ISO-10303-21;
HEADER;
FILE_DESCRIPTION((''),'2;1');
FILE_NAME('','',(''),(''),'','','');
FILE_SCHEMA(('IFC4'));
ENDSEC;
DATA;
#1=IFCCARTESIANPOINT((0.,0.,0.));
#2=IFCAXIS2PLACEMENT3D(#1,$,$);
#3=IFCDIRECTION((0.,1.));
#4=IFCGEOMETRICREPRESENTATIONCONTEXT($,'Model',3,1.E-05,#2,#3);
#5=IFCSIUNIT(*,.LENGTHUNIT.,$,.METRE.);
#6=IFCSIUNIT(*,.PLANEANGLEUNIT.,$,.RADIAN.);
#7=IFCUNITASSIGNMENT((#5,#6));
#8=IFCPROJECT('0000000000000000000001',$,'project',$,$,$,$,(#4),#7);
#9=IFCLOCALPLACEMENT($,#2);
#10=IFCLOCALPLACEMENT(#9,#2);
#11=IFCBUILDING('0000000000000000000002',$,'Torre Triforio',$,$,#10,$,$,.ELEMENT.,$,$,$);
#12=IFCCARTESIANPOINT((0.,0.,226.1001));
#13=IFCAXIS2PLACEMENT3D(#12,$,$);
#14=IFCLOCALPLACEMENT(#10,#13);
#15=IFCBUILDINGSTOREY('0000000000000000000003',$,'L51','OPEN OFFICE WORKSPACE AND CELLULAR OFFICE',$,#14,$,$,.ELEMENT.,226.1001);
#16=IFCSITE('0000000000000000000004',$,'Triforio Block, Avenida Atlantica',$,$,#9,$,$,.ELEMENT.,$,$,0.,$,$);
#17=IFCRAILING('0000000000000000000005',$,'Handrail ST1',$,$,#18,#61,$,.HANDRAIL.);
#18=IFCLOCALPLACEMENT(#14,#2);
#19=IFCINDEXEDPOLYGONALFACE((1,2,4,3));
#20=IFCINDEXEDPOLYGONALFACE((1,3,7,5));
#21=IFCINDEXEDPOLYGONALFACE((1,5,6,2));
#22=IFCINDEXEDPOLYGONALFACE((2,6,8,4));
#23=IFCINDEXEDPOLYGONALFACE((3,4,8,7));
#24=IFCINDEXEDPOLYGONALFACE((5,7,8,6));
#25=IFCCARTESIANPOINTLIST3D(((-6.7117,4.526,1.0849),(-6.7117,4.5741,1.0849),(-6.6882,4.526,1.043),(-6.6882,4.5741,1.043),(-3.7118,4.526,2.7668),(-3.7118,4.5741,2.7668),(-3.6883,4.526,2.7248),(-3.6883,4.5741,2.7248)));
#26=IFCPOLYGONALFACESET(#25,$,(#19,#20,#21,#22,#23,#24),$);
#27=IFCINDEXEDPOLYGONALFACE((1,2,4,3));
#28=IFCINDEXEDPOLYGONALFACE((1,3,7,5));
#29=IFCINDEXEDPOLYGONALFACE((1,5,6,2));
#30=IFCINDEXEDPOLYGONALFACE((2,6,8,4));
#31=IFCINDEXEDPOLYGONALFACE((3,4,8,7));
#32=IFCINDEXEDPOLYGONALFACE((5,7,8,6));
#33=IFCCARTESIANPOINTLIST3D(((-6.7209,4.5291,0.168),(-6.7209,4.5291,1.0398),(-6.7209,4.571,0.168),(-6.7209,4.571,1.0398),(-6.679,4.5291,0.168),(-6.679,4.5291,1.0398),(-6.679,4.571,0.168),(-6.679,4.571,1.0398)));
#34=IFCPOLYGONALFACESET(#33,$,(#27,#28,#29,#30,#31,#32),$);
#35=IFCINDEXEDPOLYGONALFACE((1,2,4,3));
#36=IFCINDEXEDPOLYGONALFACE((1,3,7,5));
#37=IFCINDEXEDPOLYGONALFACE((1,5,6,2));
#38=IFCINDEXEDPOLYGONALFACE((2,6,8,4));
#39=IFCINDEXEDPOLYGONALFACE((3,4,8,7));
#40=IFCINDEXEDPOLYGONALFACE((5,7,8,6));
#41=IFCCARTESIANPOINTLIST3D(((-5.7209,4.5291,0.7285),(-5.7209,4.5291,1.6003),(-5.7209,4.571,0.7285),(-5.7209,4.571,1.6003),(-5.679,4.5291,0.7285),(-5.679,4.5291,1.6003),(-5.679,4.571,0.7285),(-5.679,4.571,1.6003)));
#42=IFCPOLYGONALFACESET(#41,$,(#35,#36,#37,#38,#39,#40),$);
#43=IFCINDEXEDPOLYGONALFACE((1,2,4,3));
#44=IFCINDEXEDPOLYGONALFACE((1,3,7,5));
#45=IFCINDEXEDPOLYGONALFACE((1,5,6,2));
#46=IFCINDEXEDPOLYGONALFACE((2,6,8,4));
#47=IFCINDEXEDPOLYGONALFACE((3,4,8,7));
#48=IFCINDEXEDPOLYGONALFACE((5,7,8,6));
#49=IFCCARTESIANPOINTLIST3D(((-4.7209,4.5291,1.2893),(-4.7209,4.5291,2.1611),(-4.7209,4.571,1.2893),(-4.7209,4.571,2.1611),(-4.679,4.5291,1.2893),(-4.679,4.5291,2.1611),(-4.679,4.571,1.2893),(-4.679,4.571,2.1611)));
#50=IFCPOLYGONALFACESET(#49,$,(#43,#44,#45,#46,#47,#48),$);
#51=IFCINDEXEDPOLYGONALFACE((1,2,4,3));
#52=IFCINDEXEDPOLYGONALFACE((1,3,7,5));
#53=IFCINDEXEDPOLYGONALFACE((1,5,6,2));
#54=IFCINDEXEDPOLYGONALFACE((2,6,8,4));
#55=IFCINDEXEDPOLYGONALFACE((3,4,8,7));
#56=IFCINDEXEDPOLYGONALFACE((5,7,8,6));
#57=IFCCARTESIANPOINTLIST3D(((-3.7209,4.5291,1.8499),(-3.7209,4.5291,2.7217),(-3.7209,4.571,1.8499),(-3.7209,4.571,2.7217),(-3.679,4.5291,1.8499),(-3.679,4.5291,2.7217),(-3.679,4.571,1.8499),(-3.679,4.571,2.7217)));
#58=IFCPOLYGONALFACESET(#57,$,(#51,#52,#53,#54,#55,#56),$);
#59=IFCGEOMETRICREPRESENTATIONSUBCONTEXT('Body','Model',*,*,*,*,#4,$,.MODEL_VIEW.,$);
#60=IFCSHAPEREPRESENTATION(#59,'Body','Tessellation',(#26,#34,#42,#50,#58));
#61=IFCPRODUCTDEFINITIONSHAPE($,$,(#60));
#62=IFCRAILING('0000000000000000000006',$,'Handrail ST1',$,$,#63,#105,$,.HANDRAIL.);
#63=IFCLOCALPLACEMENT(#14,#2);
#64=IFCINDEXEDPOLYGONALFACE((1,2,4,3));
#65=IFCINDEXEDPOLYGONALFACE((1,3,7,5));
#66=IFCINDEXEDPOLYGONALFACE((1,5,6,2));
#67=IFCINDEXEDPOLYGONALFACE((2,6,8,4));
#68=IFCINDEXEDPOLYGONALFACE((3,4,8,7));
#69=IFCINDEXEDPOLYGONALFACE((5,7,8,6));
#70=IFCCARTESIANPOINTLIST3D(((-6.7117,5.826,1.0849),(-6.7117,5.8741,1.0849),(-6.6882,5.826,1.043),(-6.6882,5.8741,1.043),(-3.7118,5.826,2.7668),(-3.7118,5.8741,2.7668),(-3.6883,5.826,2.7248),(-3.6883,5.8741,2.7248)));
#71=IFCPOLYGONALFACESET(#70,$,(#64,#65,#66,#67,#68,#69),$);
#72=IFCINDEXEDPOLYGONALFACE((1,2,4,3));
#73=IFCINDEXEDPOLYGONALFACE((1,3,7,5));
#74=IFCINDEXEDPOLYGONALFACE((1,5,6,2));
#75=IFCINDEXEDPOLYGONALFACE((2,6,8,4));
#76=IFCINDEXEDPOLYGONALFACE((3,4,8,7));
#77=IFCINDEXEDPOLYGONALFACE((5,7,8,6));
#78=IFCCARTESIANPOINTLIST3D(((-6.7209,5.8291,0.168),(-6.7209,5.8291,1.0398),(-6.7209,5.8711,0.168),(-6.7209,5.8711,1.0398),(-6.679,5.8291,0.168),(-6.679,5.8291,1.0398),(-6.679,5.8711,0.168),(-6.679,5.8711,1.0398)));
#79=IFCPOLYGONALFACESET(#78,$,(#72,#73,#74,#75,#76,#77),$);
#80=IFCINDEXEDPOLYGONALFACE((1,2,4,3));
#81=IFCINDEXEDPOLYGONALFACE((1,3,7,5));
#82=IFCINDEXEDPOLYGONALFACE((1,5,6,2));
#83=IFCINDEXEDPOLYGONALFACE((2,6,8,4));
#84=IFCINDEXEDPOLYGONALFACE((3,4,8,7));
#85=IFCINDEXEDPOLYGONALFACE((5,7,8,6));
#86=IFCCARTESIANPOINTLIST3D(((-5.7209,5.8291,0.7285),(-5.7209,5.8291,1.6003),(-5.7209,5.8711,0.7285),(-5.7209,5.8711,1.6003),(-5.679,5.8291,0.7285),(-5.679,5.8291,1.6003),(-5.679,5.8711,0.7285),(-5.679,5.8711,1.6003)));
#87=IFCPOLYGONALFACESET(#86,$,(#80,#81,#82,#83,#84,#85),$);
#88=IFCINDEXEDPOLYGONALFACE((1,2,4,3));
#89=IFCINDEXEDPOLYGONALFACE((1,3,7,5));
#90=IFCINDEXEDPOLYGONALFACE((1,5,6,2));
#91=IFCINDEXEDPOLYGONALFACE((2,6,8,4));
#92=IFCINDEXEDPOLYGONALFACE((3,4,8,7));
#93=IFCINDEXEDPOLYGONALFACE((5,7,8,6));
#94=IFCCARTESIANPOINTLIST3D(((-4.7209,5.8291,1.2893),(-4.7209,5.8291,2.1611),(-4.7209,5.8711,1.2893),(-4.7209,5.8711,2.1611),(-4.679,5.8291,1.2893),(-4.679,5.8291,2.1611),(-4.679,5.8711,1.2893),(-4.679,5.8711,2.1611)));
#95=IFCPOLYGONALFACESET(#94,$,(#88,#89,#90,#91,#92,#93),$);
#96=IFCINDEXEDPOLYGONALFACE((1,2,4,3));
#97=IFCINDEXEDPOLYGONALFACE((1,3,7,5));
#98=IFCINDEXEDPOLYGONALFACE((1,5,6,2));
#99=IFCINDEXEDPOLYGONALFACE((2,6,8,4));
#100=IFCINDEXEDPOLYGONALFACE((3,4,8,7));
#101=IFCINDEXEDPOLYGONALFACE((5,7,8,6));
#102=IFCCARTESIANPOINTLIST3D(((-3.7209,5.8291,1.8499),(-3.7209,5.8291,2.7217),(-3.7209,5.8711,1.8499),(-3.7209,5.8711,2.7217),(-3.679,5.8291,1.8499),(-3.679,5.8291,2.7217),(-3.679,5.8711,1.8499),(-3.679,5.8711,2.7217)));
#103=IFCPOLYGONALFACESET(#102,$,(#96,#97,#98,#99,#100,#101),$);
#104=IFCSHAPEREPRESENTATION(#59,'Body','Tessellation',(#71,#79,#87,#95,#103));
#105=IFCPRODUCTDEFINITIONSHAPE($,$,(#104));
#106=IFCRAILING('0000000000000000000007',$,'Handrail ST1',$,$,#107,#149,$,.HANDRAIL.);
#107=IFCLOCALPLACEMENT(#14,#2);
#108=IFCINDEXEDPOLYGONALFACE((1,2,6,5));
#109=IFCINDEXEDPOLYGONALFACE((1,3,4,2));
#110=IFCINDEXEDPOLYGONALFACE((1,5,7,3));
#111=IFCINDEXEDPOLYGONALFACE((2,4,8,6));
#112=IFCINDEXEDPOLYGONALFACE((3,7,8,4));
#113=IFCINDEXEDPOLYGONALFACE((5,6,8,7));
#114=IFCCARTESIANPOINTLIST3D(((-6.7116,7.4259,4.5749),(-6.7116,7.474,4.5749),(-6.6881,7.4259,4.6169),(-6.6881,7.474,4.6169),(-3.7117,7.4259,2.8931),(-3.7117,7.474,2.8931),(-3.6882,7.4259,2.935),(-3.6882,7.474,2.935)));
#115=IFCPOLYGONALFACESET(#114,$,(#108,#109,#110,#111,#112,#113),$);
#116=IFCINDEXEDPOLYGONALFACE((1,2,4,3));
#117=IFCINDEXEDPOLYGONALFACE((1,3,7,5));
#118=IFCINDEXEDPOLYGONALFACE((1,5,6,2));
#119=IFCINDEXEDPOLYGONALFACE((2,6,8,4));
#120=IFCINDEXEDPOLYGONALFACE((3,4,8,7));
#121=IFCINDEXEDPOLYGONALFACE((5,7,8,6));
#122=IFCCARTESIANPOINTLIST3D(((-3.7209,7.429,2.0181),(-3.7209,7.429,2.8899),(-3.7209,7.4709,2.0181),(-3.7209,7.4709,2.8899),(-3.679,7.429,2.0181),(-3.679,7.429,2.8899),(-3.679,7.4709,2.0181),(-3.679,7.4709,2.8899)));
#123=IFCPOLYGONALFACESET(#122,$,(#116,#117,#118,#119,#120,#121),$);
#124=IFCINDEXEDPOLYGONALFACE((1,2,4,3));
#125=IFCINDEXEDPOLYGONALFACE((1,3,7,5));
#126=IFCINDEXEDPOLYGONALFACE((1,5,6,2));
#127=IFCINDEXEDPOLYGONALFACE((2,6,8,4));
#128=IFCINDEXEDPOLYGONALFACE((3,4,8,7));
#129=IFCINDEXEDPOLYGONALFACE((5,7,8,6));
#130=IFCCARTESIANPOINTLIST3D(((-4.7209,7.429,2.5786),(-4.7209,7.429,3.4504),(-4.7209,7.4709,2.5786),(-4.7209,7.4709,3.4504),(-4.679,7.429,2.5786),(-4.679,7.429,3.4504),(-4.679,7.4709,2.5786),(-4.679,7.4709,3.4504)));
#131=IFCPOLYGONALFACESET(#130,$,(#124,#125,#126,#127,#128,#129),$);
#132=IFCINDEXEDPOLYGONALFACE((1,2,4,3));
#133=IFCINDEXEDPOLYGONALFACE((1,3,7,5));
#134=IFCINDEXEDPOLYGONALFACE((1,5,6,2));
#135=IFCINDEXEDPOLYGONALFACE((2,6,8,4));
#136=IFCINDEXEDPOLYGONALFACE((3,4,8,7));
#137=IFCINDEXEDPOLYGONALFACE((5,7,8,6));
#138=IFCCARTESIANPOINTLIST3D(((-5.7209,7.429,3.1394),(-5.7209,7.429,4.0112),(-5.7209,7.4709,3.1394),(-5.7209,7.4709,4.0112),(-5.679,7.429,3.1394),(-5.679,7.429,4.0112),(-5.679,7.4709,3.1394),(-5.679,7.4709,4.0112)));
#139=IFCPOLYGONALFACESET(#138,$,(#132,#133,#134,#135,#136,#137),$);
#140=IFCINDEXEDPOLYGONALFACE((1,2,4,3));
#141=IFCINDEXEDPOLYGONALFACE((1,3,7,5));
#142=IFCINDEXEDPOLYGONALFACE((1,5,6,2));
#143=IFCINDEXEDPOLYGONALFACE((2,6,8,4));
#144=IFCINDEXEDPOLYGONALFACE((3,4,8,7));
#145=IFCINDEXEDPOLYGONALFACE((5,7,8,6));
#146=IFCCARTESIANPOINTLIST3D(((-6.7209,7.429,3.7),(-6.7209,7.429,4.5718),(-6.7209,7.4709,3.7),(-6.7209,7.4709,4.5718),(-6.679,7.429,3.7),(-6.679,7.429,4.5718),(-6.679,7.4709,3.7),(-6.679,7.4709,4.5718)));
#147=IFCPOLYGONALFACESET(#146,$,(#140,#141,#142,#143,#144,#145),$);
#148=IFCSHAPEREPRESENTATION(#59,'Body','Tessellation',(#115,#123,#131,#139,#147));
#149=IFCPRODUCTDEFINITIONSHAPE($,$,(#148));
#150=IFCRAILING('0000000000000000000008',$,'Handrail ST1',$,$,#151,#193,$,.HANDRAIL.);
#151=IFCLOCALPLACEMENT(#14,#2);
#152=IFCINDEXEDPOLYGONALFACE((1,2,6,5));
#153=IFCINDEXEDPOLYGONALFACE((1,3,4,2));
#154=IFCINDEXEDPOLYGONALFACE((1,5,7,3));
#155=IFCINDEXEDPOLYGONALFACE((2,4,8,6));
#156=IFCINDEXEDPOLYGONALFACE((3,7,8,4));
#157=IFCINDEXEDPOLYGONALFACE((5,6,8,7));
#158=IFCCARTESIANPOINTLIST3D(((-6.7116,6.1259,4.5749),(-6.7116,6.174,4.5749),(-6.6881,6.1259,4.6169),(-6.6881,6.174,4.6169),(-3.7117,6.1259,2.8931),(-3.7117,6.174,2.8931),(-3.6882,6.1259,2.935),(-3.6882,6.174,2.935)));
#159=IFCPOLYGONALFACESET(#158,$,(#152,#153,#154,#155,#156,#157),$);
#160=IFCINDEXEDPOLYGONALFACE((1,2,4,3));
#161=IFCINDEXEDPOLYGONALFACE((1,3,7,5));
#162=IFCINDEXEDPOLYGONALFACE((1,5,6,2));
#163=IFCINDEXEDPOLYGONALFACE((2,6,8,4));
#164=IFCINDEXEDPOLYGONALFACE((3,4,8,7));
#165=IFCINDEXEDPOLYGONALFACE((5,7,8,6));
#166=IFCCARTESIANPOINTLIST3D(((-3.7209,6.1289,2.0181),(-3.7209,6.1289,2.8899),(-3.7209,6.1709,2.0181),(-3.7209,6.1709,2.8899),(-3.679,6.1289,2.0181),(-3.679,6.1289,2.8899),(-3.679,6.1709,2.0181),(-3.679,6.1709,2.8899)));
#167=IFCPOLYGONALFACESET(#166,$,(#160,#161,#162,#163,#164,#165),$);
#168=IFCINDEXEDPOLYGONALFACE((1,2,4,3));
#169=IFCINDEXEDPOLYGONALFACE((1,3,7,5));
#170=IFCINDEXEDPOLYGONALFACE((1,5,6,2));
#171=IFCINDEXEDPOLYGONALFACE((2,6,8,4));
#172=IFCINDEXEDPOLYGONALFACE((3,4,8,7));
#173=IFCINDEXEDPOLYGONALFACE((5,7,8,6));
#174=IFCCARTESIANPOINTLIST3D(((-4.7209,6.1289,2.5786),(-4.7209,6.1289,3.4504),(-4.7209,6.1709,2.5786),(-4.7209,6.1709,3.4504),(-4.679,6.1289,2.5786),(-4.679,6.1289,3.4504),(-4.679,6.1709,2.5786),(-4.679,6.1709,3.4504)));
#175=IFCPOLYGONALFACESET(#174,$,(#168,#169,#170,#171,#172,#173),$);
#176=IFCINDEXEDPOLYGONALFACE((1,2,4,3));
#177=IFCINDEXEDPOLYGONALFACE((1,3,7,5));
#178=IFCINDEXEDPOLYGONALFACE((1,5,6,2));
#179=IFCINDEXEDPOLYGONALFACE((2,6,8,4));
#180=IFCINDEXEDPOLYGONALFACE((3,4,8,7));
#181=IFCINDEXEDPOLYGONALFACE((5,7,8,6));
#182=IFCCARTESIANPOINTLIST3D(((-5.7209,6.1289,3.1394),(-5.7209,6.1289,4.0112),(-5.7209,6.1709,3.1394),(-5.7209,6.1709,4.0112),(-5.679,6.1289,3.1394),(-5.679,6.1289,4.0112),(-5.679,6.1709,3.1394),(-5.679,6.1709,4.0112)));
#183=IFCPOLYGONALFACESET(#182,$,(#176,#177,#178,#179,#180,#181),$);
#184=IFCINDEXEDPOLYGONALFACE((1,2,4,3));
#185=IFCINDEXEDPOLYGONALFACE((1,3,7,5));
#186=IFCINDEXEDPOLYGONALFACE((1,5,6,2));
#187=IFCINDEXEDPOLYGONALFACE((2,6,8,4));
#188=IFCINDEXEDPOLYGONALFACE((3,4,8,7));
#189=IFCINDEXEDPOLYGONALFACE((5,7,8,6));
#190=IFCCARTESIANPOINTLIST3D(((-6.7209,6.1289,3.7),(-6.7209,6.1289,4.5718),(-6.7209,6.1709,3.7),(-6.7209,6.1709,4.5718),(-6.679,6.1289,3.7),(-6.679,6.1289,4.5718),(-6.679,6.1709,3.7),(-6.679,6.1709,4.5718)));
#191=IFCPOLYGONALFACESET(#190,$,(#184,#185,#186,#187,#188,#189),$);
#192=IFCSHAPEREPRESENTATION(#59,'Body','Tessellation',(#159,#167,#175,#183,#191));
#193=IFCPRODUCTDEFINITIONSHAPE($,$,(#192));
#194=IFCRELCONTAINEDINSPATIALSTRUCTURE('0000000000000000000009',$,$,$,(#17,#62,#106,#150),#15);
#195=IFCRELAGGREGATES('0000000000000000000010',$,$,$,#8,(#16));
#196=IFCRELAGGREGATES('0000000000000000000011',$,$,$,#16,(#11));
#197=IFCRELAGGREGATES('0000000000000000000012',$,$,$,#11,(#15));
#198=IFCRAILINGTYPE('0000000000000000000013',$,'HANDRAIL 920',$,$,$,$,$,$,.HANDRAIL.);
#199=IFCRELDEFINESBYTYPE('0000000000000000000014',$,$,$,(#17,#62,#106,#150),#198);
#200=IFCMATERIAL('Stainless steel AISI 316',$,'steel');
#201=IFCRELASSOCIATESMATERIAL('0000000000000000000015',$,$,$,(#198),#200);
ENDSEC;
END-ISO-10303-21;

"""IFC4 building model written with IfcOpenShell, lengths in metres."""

from ifc_helpers import new_model, si_unit, direction, frame, origin, origin_2d, place, context, subcontext, project, spatial, rectangle, extrude, material, type_object, element, save


model = new_model("IFC4")

# Units and contexts
model_context = context("Model", 3, precision=1e-05, world=origin(), true_north=direction((0.0, 1.0)))
body_context = subcontext(model_context, "Body", "Model", "MODEL_VIEW")
ifc_project = project(units=[si_unit("LENGTHUNIT", "METRE"), si_unit("PLANEANGLEUNIT", "RADIAN")], contexts=[model_context])

# Site, building, storey
site_placement = place(None, origin())
site = spatial("IfcSite", under=ifc_project, at=site_placement, Name="Triforio Block, Avenida Atlantica", CompositionType="ELEMENT", RefElevation=0.0)
building_placement = place(site_placement, origin())
building = spatial("IfcBuilding", under=site, at=building_placement, Name="Torre Triforio", CompositionType="ELEMENT")
storey_placement = place(building_placement, frame((0.0, 0.0, 226.1001)))
storey = spatial("IfcBuildingStorey", under=building, at=storey_placement, Name="L51", Description="OPEN OFFICE WORKSPACE AND CELLULAR OFFICE", CompositionType="ELEMENT", Elevation=226.1001)

# Railings
ifc_material_1 = material(Name="Stainless steel AISI 316", Category="steel")
railing_type = type_object("IfcRailingType", Name="HANDRAIL 920", PredefinedType="HANDRAIL", material=ifc_material_1)
for number, where, name in (
    (1, (-6.7, 4.55, 0.168), "Handrail ST1"),
    (2, (-6.7, 5.8501, 0.168), "Handrail ST1"),
):
    element("IfcRailing", number, at=place(storey_placement, frame(where)), inside=storey, type_object=railing_type, Name=name, PredefinedType="HANDRAIL", context=body_context, shape_type="SweptSolid", body=[
        extrude(rectangle(XDim=0.0481, YDim=0.0481, at=origin_2d()), frame((0.0, 0.0, 0.896), z_axis=(0.872272, 0.0, 0.48902), x_axis=(0.0, 1.0, 0.0)), (0.0, 0.0, 1.0), 3.4392),
        extrude(rectangle(XDim=0.042, YDim=0.042, at=origin_2d()), origin(), (0.0, 0.0, 1.0), 0.8718),
        extrude(rectangle(XDim=0.042, YDim=0.042, at=origin_2d()), frame((1.0, 0.0, 0.5605)), (0.0, 0.0, 1.0), 0.8718),
        extrude(rectangle(XDim=0.042, YDim=0.042, at=origin_2d()), frame((2.0, 0.0, 1.1213)), (0.0, 0.0, 1.0), 0.8718),
        extrude(rectangle(XDim=0.042, YDim=0.042, at=origin_2d()), frame((3.0, 0.0, 1.6819)), (0.0, 0.0, 1.0), 0.8718),
    ])
for number, where, name in (
    (3, (-3.7, 7.45, 2.0181), "Handrail ST1"),
    (4, (-3.7, 6.1499, 2.0181), "Handrail ST1"),
):
    element("IfcRailing", number, at=place(storey_placement, frame(where)), inside=storey, type_object=railing_type, Name=name, PredefinedType="HANDRAIL", context=body_context, shape_type="SweptSolid", body=[
        extrude(rectangle(XDim=0.0481, YDim=0.0481, at=origin_2d()), frame((0.0, 0.0, 0.896), z_axis=(-0.872272, 0.0, 0.48902), x_axis=(0.0, -1.0, 0.0)), (0.0, 0.0, 1.0), 3.4392),
        extrude(rectangle(XDim=0.042, YDim=0.042, at=origin_2d()), origin(), (0.0, 0.0, 1.0), 0.8718),
        extrude(rectangle(XDim=0.042, YDim=0.042, at=origin_2d()), frame((-1.0, 0.0, 0.5605)), (0.0, 0.0, 1.0), 0.8718),
        extrude(rectangle(XDim=0.042, YDim=0.042, at=origin_2d()), frame((-2.0, 0.0, 1.1213)), (0.0, 0.0, 1.0), 0.8718),
        extrude(rectangle(XDim=0.042, YDim=0.042, at=origin_2d()), frame((-3.0, 0.0, 1.6819)), (0.0, 0.0, 1.0), 0.8718),
    ])

save(model, "model.ifc")
